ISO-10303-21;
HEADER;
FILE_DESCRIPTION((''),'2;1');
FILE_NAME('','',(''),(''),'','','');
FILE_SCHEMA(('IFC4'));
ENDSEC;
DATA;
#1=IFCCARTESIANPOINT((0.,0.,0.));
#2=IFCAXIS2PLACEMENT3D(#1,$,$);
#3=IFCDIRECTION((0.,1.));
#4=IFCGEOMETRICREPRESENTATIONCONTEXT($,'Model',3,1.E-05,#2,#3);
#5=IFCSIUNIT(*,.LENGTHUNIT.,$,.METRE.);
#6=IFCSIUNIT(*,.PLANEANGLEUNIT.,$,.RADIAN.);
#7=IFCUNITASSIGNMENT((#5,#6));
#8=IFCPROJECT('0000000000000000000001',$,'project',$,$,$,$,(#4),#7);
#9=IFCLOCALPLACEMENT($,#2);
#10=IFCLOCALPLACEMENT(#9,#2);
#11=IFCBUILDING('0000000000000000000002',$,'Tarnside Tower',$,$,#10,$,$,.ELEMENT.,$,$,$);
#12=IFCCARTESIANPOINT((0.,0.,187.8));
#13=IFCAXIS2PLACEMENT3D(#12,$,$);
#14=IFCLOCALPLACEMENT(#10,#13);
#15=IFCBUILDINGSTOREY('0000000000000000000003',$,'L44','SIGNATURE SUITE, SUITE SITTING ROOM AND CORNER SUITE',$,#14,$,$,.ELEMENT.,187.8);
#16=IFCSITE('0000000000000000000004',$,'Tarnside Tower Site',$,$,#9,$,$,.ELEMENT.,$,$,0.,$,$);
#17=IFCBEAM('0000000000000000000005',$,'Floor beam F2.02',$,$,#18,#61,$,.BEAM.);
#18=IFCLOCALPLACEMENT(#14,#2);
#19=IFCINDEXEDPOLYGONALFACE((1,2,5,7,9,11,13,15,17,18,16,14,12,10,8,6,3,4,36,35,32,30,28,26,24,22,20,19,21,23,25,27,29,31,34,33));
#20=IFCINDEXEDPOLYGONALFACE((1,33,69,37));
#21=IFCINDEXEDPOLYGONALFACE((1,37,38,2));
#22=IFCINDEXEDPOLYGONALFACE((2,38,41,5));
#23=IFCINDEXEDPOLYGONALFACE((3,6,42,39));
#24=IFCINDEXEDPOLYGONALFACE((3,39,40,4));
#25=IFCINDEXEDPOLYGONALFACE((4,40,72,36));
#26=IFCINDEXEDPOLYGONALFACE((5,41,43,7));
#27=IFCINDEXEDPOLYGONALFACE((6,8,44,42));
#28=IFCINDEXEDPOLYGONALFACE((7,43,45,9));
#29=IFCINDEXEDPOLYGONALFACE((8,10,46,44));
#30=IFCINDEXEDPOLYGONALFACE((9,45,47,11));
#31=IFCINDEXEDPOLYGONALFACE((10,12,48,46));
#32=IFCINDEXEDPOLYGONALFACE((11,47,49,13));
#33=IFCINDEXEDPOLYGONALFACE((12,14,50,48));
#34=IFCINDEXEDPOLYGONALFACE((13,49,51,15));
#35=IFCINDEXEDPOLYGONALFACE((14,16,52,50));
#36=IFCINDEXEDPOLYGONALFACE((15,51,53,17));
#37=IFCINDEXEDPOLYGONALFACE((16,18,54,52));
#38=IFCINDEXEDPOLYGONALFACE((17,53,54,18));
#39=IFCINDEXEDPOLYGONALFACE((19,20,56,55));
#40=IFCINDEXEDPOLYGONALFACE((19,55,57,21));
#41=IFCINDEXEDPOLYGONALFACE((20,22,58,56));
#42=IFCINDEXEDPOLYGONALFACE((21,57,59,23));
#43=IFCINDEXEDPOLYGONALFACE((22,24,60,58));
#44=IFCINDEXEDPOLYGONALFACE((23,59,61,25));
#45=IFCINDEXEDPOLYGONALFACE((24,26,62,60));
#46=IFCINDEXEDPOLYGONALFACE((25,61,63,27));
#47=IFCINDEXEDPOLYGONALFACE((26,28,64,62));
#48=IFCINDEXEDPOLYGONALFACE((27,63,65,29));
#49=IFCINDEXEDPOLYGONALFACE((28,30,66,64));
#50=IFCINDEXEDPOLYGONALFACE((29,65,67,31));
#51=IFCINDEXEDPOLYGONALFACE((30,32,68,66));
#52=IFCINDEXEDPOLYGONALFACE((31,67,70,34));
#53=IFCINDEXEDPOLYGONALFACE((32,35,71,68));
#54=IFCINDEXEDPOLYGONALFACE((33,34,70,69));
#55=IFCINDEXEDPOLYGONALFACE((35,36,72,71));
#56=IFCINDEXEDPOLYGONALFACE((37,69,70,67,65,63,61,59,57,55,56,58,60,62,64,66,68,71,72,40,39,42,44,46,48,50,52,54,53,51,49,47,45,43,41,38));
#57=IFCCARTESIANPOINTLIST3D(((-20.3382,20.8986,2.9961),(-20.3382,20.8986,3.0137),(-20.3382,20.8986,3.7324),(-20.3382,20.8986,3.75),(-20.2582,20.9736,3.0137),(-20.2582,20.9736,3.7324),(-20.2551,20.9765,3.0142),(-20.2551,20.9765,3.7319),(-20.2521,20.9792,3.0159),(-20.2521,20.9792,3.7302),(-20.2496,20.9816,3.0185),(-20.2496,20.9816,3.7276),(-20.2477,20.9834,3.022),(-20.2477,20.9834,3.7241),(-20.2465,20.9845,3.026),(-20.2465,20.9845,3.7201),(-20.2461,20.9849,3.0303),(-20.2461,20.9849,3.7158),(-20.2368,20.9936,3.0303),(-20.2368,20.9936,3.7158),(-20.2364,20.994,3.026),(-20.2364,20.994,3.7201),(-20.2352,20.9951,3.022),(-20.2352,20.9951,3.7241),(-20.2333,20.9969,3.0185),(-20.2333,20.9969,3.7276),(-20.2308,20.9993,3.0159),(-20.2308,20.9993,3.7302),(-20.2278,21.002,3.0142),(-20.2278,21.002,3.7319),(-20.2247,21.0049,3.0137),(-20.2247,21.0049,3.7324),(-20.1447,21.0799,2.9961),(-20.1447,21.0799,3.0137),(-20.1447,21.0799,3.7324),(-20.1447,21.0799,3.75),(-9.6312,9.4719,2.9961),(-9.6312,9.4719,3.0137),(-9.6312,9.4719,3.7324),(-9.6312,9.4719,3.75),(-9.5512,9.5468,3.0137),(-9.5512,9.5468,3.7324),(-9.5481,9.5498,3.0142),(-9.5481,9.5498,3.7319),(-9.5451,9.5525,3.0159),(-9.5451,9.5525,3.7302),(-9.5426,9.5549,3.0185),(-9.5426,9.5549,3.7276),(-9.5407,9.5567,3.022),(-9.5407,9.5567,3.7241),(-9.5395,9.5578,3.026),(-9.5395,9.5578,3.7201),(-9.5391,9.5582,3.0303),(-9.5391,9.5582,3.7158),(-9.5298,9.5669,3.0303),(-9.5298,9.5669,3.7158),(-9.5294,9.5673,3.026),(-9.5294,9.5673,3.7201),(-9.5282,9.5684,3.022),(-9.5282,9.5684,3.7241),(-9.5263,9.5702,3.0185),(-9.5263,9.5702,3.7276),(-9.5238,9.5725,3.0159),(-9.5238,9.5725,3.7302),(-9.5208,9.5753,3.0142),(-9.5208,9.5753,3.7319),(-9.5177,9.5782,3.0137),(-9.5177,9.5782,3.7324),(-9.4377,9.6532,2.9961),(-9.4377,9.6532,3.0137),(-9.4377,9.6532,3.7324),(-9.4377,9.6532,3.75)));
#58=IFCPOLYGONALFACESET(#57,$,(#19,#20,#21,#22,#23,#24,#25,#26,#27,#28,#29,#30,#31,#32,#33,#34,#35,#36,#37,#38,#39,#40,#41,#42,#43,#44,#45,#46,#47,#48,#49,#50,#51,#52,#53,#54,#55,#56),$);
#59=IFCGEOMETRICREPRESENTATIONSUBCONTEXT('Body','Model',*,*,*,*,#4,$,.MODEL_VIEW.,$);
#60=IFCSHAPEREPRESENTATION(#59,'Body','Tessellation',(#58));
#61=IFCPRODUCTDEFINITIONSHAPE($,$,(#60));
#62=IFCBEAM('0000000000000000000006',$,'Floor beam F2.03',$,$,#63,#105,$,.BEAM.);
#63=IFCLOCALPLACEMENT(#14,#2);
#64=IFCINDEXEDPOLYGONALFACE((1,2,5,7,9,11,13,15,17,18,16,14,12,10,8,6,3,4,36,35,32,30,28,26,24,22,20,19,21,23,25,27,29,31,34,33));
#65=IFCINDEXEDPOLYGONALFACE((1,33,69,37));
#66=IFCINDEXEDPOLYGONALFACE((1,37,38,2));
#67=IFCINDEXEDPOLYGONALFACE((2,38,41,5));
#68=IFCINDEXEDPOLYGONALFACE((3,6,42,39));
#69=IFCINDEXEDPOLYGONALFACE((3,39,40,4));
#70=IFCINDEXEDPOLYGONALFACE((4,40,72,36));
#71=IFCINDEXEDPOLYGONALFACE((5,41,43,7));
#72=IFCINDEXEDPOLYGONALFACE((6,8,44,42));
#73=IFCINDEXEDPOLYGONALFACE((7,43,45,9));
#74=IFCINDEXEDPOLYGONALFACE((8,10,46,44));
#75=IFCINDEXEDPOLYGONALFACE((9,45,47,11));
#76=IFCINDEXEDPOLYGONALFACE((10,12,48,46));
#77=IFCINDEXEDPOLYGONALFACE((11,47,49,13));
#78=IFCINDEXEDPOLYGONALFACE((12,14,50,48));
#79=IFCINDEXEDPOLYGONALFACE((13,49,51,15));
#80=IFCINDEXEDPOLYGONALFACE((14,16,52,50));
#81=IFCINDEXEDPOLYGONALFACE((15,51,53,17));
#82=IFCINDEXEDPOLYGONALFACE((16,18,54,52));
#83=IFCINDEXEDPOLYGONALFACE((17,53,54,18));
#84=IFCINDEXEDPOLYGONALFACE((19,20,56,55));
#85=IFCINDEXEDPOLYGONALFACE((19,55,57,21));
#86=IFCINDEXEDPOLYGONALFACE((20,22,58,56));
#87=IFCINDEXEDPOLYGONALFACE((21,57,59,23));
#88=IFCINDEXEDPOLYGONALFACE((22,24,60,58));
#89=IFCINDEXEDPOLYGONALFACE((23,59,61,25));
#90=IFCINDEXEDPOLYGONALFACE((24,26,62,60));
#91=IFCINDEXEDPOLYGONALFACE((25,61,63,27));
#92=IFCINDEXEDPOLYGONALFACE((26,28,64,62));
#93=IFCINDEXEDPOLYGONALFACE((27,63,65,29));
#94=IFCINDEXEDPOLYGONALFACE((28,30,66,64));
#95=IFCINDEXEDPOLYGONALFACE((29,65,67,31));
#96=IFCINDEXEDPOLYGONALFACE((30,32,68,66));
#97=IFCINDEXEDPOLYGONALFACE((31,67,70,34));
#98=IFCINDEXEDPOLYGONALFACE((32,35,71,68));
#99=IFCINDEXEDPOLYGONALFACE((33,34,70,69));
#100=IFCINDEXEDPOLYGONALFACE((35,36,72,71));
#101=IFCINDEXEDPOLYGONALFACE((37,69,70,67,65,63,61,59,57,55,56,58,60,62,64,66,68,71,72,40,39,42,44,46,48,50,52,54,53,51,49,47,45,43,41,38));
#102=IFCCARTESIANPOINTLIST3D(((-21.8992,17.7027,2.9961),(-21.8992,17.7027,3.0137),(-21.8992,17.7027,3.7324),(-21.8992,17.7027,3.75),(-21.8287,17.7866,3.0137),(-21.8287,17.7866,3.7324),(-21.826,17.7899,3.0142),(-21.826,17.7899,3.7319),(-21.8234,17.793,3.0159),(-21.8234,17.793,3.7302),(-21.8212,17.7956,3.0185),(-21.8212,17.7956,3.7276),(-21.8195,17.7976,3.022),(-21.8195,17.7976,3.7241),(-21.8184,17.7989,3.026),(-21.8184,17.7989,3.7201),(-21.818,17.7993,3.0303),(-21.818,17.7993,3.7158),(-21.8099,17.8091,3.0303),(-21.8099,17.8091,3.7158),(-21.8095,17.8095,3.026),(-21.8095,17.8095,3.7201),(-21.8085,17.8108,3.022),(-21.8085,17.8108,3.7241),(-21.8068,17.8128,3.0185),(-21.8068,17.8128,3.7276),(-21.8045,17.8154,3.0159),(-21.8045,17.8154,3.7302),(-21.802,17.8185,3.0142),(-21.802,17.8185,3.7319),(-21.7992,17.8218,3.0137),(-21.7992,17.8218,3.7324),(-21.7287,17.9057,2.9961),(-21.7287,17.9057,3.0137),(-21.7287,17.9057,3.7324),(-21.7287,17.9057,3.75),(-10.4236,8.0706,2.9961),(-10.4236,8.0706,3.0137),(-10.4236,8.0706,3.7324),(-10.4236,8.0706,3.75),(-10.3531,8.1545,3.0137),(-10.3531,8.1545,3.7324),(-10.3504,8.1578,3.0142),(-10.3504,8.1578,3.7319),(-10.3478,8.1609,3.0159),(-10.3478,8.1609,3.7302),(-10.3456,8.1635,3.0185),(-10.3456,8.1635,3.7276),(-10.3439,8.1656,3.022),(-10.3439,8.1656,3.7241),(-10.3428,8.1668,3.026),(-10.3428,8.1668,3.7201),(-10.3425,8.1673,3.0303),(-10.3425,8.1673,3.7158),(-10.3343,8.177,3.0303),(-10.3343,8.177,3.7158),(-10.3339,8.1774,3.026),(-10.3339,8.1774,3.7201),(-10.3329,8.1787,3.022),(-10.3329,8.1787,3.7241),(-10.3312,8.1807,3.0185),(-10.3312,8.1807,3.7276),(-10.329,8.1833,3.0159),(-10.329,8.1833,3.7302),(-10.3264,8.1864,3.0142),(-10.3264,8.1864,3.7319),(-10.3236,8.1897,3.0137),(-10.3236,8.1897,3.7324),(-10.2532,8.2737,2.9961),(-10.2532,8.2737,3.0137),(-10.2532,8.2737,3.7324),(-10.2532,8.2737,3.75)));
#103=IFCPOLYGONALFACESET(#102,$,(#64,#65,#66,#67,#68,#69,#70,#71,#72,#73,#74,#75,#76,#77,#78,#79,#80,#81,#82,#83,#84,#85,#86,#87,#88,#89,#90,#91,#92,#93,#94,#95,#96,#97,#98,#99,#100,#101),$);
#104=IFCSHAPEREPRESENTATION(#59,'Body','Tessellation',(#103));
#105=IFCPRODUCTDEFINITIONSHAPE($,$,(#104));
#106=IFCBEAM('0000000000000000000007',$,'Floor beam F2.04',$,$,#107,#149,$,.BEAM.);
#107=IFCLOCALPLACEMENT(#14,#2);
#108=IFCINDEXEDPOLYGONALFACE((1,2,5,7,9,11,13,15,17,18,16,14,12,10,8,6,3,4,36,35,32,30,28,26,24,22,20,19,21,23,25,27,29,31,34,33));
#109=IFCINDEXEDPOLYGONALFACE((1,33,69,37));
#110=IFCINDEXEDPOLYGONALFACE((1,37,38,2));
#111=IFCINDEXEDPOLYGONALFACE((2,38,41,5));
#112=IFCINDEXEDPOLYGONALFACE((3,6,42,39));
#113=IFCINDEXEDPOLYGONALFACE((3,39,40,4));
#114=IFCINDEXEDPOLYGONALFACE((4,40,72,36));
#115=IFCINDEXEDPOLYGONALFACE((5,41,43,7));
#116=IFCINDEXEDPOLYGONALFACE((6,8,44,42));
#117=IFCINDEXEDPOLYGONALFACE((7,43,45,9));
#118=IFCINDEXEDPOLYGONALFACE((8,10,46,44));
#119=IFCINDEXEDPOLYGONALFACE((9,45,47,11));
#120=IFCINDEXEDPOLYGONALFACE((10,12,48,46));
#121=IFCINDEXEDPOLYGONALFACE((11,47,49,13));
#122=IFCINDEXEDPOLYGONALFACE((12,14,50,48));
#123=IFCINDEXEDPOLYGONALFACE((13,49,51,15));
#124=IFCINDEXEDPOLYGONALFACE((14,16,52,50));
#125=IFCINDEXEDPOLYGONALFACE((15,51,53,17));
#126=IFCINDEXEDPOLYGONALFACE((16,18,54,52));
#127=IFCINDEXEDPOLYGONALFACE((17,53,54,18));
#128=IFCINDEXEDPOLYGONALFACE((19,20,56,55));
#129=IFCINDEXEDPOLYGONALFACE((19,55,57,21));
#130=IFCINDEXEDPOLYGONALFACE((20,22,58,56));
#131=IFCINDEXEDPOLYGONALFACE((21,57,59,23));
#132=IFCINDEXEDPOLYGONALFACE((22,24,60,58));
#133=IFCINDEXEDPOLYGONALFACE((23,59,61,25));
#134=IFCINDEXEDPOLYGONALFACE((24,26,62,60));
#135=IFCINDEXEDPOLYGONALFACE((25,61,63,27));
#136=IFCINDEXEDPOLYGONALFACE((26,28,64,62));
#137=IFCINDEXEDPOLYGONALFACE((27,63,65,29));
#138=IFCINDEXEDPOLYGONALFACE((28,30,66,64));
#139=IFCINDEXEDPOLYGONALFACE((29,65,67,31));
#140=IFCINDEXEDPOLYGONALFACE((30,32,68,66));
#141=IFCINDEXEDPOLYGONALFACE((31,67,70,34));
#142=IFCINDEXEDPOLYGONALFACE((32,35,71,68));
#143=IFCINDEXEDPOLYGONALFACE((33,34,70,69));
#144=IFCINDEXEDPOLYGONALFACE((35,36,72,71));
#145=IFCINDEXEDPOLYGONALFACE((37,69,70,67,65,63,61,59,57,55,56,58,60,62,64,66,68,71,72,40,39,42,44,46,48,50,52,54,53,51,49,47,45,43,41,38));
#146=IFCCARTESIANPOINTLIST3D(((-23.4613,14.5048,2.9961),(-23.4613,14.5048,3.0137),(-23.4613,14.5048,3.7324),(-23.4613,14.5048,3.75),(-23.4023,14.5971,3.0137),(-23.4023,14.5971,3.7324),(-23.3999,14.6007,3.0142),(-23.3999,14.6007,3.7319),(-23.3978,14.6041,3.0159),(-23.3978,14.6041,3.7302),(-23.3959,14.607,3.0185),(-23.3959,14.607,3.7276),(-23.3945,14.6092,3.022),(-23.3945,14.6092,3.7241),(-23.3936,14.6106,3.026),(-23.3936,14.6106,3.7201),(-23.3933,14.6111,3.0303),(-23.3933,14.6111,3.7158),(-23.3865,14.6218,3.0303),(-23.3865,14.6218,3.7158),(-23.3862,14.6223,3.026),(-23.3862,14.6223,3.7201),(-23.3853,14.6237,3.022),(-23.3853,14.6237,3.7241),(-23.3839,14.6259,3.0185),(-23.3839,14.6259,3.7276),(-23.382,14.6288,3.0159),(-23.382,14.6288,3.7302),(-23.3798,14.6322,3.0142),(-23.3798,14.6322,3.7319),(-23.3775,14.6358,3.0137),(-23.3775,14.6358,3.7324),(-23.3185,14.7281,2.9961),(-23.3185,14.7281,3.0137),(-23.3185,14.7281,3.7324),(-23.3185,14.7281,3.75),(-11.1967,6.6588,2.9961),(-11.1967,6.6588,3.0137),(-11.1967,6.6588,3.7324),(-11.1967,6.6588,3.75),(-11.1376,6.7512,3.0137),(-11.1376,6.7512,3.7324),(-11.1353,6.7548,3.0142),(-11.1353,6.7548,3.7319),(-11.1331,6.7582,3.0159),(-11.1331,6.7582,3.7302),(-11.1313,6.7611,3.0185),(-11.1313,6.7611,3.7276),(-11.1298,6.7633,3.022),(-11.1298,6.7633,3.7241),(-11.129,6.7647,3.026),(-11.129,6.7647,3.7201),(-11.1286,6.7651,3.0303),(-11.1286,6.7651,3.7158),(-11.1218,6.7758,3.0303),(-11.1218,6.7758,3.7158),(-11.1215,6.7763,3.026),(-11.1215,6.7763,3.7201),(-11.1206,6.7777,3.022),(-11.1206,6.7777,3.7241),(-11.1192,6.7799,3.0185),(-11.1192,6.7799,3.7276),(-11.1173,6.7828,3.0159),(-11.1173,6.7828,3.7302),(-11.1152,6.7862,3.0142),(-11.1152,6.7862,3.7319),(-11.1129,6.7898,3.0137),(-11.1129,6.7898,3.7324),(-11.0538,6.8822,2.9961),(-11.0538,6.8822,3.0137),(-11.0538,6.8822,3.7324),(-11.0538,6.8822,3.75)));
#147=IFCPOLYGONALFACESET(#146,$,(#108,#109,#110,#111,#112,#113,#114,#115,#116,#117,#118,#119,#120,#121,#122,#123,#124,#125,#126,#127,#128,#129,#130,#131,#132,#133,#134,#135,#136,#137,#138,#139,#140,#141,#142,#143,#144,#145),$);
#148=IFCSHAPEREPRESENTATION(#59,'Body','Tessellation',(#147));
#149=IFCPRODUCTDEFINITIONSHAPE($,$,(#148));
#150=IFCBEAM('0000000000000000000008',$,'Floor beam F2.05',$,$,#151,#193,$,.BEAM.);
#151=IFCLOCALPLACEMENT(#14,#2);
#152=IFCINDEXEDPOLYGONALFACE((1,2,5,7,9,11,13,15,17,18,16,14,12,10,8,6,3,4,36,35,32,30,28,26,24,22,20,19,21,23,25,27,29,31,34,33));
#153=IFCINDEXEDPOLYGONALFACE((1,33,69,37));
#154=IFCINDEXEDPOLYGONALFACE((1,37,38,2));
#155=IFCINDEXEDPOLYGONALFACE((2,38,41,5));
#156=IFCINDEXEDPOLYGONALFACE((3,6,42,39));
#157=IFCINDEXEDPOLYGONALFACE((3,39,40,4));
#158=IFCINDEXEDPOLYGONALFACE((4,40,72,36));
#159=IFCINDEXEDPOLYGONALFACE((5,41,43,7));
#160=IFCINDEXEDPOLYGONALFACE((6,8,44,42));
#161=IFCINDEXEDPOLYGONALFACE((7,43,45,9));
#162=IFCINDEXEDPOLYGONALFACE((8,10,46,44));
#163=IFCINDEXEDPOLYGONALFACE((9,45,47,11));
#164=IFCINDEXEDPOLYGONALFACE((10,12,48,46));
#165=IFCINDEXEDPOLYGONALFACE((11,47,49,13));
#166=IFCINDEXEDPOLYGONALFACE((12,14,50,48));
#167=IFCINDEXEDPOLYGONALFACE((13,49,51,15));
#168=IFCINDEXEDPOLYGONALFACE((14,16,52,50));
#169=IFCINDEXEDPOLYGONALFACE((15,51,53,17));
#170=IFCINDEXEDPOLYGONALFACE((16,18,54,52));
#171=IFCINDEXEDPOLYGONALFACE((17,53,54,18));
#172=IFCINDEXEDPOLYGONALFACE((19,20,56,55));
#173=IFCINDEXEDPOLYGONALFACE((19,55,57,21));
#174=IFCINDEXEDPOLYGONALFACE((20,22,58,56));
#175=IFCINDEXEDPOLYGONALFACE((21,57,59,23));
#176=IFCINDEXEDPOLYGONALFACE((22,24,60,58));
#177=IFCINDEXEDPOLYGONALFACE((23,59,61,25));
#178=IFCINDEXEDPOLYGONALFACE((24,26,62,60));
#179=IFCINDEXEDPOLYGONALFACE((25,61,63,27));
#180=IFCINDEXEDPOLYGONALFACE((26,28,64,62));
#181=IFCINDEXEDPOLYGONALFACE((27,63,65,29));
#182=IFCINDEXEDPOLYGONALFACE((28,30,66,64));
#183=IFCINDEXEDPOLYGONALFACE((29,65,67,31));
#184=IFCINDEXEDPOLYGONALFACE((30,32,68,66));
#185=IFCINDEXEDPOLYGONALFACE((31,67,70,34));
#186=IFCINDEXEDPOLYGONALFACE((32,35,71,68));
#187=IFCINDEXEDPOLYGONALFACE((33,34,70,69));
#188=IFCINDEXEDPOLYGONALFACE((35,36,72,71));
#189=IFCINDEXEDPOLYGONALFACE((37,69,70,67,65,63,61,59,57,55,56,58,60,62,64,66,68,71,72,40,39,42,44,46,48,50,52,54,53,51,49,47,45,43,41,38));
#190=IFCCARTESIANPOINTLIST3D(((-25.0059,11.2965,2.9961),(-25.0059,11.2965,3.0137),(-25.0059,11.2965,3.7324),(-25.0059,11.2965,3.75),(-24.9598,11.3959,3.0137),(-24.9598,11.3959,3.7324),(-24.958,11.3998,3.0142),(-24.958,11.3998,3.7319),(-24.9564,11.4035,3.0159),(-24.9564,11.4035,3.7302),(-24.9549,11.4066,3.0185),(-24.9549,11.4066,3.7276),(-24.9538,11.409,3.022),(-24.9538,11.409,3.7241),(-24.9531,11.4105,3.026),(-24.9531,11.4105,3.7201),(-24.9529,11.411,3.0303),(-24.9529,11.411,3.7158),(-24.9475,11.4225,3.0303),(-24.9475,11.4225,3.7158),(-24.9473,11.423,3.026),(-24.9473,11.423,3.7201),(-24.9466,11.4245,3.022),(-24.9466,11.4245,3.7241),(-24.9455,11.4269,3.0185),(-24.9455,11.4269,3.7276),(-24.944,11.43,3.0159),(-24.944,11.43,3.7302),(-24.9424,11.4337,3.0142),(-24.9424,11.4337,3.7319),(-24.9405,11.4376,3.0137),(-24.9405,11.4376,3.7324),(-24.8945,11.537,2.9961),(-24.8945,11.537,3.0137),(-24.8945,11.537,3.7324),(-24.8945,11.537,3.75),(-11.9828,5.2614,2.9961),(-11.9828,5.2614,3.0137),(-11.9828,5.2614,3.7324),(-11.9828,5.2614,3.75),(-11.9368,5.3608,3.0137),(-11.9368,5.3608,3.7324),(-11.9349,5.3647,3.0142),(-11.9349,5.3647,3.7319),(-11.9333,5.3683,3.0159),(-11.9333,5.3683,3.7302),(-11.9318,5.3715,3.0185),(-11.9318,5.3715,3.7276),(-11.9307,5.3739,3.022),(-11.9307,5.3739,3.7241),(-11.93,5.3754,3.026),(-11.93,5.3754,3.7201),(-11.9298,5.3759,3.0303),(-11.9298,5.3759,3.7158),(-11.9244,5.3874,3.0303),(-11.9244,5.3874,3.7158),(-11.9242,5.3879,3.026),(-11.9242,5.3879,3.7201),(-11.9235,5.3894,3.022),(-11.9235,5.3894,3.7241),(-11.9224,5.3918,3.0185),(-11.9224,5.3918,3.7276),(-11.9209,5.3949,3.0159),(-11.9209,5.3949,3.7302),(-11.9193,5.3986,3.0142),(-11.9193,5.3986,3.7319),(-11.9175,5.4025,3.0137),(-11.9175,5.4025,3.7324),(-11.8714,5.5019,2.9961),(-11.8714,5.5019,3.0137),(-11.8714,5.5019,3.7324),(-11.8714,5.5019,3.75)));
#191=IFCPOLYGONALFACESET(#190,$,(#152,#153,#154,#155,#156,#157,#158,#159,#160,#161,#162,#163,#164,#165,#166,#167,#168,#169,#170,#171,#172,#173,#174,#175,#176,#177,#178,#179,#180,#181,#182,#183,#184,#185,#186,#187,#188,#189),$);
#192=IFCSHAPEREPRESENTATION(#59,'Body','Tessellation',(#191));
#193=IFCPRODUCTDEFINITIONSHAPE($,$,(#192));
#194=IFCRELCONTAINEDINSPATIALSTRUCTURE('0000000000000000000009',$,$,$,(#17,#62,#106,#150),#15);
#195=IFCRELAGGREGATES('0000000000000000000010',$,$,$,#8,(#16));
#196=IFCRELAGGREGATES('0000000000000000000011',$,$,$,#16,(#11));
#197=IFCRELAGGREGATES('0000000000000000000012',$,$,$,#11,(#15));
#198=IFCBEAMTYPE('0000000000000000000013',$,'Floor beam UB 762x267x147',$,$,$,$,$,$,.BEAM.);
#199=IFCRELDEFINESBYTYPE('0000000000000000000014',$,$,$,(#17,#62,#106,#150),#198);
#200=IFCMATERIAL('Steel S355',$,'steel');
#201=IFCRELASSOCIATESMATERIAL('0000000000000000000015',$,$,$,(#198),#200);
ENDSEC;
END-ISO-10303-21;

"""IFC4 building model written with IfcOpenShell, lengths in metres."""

from ifc_helpers import new_model, si_unit, direction, frame, origin, origin_2d, place, context, subcontext, project, spatial, i_section, extrude, material, material_profile, profile_set, type_object, element, save


model = new_model("IFC4")

# Units and contexts
model_context = context("Model", 3, precision=1e-05, world=origin(), true_north=direction((0.0, 1.0)))
body_context = subcontext(model_context, "Body", "Model", "MODEL_VIEW")
ifc_project = project(units=[si_unit("LENGTHUNIT", "METRE"), si_unit("PLANEANGLEUNIT", "RADIAN")], contexts=[model_context])

# Site, building, storey
site_placement = place(None, origin())
site = spatial("IfcSite", under=ifc_project, at=site_placement, Name="Tarnside Tower Site", CompositionType="ELEMENT", RefElevation=0.0)
building_placement = place(site_placement, origin())
building = spatial("IfcBuilding", under=site, at=building_placement, Name="Tarnside Tower", CompositionType="ELEMENT")
storey_placement = place(building_placement, frame((0.0, 0.0, 187.8)))
storey = spatial("IfcBuildingStorey", under=building, at=storey_placement, Name="L44", Description="SIGNATURE SUITE, SUITE SITTING ROOM AND CORNER SUITE", CompositionType="ELEMENT", Elevation=187.8)

# Beams
ifc_material_1 = material(Name="Steel S355", Category="steel")
ifc_material_profile_1 = material_profile(ifc_material_1, i_section(OverallWidth=0.2651, OverallDepth=0.7539, WebThickness=0.0127, FlangeThickness=0.0176, FilletRadius=0.0166, at=origin_2d()), Name="UB 762x267x147")
ifc_profile_set_1 = profile_set([ifc_material_profile_1], Name="Steel S355")
beam_type_1 = type_object("IfcBeamType", Name="Floor beam UB 762x267x147", PredefinedType="BEAM", material=ifc_profile_set_1)
beam_1_placement = place(storey_placement, frame((-20.2415, 20.9893, 3.373), z_axis=(0.683752, -0.729714, 0.0), x_axis=(0.729714, 0.683752, 0.0)))
element("IfcBeam", 1, at=beam_1_placement, inside=storey, type_object=beam_type_1, Name="Floor beam F2.02", PredefinedType="BEAM", context=body_context, shape_type="SweptSolid", body=[
    extrude(i_section(OverallWidth=0.2651, OverallDepth=0.7539, WebThickness=0.0127, FlangeThickness=0.0176, FilletRadius=0.0166, at=origin_2d()), origin(), (0.0, 0.0, 1.0), 15.6592),
])
beam_2_placement = place(storey_placement, frame((-21.814, 17.8042, 3.373), z_axis=(0.765948, -0.642902, 0.0), x_axis=(0.642902, 0.765948, 0.0)))
element("IfcBeam", 2, at=beam_2_placement, inside=storey, type_object=beam_type_1, Name="Floor beam F2.03", PredefinedType="BEAM", context=body_context, shape_type="SweptSolid", body=[
    extrude(i_section(OverallWidth=0.2651, OverallDepth=0.7539, WebThickness=0.0127, FlangeThickness=0.0176, FilletRadius=0.0166, at=origin_2d()), origin(), (0.0, 0.0, 1.0), 14.9822),
])
beam_3_placement = place(storey_placement, frame((-23.3899, 14.6165, 3.373), z_axis=(0.842378, -0.538887, 0.0), x_axis=(0.538887, 0.842378, 0.0)))
element("IfcBeam", 3, at=beam_3_placement, inside=storey, type_object=beam_type_1, Name="Floor beam F2.04", PredefinedType="BEAM", context=body_context, shape_type="SweptSolid", body=[
    extrude(i_section(OverallWidth=0.2651, OverallDepth=0.7539, WebThickness=0.0127, FlangeThickness=0.0176, FilletRadius=0.0166, at=origin_2d()), origin(), (0.0, 0.0, 1.0), 14.5596),
])
beam_4_placement = place(storey_placement, frame((-24.9502, 11.4167, 3.373), z_axis=(0.90731, -0.420462, 0.0), x_axis=(0.420462, 0.90731, 0.0)))
element("IfcBeam", 4, at=beam_4_placement, inside=storey, type_object=beam_type_1, Name="Floor beam F2.05", PredefinedType="BEAM", context=body_context, shape_type="SweptSolid", body=[
    extrude(i_section(OverallWidth=0.2651, OverallDepth=0.7539, WebThickness=0.0127, FlangeThickness=0.0176, FilletRadius=0.0166, at=origin_2d()), origin(), (0.0, 0.0, 1.0), 14.3535),
])

save(model, "model.ifc")
